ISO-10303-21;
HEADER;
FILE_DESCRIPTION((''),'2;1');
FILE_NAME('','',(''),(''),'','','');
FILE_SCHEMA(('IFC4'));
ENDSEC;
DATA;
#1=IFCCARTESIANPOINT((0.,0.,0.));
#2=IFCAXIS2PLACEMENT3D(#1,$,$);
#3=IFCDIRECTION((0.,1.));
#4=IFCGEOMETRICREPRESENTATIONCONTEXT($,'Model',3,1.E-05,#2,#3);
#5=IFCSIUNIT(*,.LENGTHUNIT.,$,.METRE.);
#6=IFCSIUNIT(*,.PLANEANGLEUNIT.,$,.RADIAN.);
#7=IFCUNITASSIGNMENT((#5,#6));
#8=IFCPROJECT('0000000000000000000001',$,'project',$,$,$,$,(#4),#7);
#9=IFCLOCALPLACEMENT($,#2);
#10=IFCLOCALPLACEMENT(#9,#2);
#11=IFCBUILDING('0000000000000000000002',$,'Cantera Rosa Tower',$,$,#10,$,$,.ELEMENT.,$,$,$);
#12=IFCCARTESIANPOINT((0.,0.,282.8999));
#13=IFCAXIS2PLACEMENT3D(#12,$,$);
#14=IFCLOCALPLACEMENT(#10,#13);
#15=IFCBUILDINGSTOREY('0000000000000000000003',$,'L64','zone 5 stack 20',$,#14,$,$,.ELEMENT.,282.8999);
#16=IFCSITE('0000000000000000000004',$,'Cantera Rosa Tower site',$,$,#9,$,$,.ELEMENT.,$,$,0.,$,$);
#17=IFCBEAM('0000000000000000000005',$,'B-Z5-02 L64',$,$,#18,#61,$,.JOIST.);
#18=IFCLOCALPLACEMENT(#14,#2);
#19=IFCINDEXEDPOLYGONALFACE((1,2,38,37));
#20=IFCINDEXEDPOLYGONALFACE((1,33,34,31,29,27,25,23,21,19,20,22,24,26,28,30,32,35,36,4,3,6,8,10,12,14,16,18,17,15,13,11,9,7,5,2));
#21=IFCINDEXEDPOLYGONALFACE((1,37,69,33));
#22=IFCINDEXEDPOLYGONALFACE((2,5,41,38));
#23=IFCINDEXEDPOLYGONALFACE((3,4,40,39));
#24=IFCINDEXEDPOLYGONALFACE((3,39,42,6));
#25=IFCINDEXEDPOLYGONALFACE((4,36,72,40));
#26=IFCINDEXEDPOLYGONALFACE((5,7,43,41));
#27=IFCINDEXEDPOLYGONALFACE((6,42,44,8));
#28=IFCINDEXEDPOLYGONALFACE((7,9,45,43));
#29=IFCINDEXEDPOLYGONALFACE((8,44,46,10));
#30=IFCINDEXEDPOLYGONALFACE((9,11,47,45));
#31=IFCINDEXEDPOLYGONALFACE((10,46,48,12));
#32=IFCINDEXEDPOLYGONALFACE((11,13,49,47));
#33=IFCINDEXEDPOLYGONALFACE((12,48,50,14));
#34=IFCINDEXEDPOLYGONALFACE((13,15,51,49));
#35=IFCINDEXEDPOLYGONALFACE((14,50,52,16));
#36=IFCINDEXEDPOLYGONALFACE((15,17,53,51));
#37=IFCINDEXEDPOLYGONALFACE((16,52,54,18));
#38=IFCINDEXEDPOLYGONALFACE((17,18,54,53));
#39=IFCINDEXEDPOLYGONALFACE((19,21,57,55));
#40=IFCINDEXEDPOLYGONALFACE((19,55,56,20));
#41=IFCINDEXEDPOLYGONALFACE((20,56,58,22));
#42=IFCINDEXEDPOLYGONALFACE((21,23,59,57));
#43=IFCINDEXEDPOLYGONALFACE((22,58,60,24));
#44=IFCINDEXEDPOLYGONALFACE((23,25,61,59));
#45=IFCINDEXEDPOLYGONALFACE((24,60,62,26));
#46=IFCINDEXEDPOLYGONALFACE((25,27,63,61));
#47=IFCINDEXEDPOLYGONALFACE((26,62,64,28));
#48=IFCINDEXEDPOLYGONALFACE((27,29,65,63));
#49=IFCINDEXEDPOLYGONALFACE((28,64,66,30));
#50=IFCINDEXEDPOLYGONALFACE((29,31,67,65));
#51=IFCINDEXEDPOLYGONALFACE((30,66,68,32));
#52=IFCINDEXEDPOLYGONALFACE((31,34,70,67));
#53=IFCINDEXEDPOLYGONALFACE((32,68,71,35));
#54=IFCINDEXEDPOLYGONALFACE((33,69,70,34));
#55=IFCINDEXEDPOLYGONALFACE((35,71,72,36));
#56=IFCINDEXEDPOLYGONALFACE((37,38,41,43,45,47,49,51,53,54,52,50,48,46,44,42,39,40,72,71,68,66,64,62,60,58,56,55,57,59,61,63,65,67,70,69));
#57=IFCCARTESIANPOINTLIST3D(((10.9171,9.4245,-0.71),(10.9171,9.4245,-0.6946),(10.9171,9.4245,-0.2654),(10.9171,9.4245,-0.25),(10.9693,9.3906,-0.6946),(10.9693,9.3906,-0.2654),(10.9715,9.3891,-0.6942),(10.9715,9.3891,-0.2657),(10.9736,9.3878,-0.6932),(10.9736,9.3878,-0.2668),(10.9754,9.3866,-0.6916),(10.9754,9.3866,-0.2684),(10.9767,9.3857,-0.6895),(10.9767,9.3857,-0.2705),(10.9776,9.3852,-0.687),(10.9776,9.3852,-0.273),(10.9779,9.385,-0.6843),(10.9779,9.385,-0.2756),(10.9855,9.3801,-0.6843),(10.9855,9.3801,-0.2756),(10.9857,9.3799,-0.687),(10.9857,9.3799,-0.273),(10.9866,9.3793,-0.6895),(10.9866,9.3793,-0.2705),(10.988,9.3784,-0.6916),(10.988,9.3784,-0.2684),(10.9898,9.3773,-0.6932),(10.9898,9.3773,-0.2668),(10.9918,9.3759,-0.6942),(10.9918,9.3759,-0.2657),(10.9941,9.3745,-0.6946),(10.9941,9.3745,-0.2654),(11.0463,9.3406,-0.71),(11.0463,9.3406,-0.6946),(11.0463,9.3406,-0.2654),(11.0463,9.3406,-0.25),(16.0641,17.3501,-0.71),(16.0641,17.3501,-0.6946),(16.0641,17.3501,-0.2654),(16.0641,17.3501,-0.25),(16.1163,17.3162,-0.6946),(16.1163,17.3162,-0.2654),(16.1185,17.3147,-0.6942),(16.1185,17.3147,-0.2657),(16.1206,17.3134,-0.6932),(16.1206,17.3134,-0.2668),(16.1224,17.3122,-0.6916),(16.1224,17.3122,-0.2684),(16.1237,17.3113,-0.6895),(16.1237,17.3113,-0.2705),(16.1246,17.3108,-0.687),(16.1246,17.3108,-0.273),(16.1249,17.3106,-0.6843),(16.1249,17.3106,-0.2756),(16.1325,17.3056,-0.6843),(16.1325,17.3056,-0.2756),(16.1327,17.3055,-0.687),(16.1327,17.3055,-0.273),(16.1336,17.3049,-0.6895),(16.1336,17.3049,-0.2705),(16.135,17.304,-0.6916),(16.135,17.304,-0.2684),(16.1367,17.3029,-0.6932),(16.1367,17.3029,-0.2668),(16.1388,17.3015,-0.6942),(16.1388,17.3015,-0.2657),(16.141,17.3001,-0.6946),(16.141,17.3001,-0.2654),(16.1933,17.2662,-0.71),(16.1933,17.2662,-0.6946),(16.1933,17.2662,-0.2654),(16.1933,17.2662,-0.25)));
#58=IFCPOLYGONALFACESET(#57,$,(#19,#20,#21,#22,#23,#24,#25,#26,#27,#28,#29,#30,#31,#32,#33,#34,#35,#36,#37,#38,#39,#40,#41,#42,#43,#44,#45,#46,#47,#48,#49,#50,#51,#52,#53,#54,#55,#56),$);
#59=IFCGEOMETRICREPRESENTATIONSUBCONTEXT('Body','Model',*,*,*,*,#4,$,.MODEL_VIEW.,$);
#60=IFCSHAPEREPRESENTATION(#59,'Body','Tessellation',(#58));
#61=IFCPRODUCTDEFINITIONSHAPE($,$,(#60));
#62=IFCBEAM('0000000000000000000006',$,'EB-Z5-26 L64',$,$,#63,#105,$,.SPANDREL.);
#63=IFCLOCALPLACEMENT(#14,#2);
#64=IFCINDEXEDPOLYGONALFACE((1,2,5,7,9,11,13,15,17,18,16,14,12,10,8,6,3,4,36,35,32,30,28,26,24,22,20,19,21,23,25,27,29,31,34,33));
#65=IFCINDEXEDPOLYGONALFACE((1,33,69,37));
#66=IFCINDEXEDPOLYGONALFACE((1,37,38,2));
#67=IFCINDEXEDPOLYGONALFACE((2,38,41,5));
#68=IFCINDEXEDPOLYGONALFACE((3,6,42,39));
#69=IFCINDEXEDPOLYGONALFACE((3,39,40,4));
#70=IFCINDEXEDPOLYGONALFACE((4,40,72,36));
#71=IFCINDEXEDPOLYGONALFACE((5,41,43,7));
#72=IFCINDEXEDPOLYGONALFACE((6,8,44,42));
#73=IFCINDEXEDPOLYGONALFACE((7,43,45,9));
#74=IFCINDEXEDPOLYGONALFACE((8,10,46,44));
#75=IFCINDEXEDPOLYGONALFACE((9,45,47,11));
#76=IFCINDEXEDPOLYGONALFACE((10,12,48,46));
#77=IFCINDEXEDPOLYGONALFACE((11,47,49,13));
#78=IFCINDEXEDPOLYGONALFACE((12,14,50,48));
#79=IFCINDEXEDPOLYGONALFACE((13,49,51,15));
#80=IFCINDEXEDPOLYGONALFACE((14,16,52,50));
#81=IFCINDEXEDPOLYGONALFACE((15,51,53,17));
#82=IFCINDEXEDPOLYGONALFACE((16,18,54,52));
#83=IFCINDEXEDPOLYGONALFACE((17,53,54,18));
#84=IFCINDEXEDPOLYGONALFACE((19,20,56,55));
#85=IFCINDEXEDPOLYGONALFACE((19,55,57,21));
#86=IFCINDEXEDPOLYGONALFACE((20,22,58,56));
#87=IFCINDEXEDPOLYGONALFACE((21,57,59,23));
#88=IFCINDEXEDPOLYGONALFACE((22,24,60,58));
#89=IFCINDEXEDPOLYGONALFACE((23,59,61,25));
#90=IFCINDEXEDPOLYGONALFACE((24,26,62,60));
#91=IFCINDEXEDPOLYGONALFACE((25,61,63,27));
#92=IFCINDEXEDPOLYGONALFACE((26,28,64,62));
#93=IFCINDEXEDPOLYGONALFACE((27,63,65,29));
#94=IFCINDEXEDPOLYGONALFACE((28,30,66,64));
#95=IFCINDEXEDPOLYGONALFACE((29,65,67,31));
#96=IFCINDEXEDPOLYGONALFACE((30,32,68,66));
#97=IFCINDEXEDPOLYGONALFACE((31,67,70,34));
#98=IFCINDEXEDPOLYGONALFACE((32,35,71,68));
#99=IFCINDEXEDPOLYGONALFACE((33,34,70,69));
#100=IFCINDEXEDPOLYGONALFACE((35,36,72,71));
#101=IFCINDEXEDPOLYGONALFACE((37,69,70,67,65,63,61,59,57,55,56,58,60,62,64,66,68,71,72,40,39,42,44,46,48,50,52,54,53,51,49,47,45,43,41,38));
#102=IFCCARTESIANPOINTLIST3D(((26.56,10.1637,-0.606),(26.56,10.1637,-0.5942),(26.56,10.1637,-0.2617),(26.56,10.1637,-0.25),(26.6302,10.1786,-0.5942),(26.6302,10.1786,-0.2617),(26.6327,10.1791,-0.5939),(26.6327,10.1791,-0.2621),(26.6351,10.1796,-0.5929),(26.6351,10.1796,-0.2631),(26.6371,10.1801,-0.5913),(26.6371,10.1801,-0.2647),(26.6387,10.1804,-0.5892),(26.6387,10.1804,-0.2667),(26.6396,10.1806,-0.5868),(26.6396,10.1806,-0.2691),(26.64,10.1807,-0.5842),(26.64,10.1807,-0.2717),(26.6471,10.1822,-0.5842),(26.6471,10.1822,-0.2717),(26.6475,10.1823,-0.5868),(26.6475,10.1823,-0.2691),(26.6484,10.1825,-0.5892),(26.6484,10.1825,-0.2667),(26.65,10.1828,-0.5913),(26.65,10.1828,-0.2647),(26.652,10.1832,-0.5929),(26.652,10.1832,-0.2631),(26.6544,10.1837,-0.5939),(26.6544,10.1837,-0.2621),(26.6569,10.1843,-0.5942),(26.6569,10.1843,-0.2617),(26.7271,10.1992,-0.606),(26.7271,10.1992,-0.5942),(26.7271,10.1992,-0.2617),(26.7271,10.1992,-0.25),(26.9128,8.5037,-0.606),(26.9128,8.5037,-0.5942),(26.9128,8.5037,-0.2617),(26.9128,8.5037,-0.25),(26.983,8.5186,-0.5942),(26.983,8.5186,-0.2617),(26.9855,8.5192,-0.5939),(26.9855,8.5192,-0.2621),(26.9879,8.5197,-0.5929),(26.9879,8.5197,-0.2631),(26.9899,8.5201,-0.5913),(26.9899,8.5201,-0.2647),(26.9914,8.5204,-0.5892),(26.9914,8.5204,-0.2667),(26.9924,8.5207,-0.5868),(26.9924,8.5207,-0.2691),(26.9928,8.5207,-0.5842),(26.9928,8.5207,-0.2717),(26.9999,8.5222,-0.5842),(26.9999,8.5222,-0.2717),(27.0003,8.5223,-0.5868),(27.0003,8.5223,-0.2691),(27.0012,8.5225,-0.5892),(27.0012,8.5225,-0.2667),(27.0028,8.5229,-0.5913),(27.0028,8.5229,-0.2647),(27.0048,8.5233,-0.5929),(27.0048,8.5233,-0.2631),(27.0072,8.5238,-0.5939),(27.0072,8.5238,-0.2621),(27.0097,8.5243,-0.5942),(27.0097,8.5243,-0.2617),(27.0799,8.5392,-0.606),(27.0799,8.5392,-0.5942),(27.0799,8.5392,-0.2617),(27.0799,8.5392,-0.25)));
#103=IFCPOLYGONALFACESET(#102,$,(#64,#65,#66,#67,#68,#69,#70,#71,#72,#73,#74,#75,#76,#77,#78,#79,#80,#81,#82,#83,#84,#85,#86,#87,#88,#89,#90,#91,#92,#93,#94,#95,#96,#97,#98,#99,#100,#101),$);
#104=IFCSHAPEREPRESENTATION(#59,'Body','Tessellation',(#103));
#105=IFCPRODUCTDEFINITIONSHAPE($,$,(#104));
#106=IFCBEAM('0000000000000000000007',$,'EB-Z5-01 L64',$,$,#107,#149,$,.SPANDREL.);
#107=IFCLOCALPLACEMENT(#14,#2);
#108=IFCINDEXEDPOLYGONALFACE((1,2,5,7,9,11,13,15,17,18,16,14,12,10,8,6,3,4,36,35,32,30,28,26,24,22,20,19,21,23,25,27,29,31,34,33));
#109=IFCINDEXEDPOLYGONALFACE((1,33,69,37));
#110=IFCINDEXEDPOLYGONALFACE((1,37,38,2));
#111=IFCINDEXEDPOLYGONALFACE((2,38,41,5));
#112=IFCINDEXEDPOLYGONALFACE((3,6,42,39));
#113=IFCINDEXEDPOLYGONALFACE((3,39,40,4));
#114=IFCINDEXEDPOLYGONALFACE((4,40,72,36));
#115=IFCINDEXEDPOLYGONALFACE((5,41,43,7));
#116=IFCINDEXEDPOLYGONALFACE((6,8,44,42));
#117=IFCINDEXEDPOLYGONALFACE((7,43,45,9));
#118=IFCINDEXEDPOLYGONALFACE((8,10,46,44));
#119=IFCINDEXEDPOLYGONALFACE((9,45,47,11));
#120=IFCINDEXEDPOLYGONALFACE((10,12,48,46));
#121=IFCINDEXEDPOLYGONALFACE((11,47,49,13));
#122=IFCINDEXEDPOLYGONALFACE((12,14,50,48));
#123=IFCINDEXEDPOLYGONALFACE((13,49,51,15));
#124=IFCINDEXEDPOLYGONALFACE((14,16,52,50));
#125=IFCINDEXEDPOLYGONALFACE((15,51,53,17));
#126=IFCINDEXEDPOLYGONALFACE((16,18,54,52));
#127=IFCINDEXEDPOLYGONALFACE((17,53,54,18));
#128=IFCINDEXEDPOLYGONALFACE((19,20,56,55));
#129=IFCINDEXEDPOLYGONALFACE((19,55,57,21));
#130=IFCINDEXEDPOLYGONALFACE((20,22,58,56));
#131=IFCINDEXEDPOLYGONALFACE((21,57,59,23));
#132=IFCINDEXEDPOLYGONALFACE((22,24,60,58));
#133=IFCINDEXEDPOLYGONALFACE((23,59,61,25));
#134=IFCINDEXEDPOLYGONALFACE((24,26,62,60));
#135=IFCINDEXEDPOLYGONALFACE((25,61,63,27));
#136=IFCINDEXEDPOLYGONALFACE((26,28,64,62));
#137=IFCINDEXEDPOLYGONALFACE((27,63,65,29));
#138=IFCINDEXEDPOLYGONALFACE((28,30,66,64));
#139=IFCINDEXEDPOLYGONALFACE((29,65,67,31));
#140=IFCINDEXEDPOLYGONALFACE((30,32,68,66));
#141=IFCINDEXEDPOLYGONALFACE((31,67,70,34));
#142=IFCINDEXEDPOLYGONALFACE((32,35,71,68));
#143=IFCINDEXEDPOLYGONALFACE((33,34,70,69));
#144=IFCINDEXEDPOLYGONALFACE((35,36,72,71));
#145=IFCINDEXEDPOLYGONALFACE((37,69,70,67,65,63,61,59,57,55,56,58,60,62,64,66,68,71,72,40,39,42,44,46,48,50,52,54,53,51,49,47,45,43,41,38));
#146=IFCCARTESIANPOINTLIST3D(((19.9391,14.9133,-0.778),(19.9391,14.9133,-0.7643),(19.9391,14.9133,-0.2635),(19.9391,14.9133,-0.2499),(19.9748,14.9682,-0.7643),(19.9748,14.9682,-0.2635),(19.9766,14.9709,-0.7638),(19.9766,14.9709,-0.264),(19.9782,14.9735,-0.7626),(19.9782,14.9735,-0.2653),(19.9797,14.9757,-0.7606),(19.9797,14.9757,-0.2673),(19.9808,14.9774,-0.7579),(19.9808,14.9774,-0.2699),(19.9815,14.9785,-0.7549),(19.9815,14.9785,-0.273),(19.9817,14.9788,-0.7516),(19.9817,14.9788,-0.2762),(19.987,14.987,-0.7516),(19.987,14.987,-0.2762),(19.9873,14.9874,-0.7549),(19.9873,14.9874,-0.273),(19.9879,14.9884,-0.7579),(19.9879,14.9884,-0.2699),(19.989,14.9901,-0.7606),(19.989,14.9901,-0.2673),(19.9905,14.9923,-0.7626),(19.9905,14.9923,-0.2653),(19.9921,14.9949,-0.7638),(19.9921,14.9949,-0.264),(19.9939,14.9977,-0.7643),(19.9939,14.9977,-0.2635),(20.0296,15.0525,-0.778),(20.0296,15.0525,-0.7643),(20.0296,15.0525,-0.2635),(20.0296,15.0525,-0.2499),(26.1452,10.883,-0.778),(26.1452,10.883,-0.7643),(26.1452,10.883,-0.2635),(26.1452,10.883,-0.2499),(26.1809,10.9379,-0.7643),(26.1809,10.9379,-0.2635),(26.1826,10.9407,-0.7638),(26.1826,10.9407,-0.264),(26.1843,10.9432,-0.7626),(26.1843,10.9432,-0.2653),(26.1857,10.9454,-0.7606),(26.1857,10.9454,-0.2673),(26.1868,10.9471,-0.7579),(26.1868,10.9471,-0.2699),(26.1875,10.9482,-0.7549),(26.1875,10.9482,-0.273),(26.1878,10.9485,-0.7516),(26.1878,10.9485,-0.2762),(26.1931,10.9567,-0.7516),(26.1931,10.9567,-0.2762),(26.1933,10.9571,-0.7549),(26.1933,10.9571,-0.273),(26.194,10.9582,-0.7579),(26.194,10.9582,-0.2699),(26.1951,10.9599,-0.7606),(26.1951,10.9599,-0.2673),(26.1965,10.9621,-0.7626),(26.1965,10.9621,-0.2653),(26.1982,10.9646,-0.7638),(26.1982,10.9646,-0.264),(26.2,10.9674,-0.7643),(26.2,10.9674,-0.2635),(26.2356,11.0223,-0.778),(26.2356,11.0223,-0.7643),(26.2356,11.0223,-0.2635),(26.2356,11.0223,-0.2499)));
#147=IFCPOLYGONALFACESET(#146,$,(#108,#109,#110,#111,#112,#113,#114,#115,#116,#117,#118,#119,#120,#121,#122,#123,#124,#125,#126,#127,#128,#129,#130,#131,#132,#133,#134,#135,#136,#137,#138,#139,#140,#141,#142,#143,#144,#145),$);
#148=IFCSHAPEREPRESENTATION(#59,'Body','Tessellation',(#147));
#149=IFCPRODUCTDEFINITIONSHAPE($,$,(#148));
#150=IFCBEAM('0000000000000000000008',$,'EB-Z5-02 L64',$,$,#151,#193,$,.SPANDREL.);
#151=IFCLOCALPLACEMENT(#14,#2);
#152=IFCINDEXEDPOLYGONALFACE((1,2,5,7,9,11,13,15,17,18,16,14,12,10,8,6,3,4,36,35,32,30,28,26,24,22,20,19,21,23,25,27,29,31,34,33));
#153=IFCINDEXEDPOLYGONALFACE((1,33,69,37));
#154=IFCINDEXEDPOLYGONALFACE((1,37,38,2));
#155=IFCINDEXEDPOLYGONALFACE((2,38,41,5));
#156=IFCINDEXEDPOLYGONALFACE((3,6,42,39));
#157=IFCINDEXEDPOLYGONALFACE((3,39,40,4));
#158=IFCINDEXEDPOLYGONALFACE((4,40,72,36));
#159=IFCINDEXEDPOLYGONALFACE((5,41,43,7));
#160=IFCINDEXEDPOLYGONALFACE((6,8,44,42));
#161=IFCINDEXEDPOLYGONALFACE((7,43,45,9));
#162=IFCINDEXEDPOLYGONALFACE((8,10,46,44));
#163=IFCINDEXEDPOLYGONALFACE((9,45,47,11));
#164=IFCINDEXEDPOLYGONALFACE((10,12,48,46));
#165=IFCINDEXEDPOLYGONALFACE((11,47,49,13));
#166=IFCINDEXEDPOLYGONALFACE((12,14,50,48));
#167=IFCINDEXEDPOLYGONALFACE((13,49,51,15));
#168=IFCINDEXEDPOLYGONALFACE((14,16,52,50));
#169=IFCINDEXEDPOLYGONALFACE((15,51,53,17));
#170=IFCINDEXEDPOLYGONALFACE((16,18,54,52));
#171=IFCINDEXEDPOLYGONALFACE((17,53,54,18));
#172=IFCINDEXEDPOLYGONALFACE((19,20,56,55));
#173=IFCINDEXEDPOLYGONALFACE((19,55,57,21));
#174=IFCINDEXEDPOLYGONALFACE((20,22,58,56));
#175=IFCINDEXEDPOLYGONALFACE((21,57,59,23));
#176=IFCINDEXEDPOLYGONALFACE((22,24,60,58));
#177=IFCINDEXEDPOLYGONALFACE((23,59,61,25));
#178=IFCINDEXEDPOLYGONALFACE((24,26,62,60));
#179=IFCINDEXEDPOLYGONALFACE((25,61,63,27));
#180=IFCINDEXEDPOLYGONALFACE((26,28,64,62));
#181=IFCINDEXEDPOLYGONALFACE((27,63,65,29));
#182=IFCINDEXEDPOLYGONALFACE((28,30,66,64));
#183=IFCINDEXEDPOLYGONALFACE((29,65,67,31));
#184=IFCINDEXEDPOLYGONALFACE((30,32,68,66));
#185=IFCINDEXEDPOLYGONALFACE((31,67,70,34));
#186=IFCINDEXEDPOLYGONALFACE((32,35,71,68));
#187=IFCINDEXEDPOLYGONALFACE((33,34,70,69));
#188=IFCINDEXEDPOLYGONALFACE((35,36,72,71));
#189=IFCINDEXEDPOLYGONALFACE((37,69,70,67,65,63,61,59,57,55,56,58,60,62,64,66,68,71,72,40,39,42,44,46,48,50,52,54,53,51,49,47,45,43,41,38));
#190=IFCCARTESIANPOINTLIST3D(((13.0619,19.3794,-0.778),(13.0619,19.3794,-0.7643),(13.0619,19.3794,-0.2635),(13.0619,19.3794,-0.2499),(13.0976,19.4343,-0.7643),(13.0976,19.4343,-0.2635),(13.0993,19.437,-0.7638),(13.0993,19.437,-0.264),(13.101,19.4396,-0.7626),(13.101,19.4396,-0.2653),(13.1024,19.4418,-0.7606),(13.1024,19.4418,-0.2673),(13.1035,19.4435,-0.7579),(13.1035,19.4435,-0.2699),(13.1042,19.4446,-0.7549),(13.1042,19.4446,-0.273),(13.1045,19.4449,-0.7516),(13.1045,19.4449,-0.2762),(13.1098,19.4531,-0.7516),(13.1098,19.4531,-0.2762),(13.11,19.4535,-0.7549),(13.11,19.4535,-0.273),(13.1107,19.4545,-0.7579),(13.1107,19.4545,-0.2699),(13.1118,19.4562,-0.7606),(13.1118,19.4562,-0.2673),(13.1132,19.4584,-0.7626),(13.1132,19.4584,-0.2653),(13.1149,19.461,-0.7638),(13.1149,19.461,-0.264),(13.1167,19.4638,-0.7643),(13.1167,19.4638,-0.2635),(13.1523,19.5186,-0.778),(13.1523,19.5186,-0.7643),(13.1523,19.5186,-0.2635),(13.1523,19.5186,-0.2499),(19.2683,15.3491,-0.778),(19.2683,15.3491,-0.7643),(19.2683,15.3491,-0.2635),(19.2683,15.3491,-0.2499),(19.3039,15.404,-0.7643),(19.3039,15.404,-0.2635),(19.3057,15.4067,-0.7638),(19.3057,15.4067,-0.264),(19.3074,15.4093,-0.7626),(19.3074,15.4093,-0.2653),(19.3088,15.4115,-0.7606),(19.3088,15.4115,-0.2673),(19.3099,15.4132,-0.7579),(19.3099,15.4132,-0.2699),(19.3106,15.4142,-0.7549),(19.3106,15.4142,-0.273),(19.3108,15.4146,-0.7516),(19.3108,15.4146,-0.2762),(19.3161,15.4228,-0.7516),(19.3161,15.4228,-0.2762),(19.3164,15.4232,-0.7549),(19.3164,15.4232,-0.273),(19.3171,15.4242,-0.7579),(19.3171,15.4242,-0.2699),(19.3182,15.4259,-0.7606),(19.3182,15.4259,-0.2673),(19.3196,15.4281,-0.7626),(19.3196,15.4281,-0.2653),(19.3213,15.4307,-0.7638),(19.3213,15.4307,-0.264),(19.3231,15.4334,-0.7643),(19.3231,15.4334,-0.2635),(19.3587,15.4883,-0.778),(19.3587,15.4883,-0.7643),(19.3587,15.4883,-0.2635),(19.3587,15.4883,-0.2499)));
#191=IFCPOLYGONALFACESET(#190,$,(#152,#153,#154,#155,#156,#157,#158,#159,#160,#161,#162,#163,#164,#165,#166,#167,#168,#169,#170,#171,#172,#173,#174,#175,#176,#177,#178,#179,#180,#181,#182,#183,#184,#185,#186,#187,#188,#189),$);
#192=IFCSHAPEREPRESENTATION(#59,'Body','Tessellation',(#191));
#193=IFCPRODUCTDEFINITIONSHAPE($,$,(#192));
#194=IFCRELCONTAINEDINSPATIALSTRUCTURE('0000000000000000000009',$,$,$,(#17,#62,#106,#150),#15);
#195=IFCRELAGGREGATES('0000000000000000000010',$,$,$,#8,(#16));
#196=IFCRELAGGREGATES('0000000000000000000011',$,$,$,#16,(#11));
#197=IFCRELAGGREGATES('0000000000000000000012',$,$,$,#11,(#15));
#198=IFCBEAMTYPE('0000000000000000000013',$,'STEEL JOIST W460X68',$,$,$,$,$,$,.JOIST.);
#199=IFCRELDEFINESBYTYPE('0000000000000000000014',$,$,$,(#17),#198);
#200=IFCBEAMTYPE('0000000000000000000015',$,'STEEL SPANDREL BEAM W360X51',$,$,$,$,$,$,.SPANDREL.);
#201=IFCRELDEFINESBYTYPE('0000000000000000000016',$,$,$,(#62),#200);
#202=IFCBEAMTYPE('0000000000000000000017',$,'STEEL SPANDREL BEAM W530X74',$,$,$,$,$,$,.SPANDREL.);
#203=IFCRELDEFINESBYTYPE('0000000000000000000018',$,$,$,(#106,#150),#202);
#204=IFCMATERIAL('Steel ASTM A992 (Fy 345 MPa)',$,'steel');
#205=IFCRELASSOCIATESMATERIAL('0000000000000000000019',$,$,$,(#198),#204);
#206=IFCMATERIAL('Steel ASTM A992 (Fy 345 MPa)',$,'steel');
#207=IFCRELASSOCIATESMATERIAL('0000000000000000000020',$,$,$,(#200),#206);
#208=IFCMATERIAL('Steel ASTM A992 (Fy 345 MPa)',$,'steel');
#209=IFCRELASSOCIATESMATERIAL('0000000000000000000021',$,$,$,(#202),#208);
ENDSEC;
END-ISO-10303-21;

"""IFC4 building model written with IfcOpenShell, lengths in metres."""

from ifc_helpers import new_model, si_unit, direction, frame, origin, origin_2d, place, context, subcontext, project, spatial, i_section, extrude, material, material_profile, profile_set, type_object, element, save


model = new_model("IFC4")

# Units and contexts
model_context = context("Model", 3, precision=1e-05, world=origin(), true_north=direction((0.0, 1.0)))
body_context = subcontext(model_context, "Body", "Model", "MODEL_VIEW")
ifc_project = project(units=[si_unit("LENGTHUNIT", "METRE"), si_unit("PLANEANGLEUNIT", "RADIAN")], contexts=[model_context])

# Site, building, storey
site_placement = place(None, origin())
site = spatial("IfcSite", under=ifc_project, at=site_placement, Name="Cantera Rosa Tower site", CompositionType="ELEMENT", RefElevation=0.0)
building_placement = place(site_placement, origin())
building = spatial("IfcBuilding", under=site, at=building_placement, Name="Cantera Rosa Tower", CompositionType="ELEMENT")
storey_placement = place(building_placement, frame((0.0, 0.0, 282.8999)))
storey = spatial("IfcBuildingStorey", under=building, at=storey_placement, Name="L64", Description="zone 5 stack 20", CompositionType="ELEMENT", Elevation=282.8999)

# Beams
ifc_material_1 = material(Name="Steel ASTM A992 (Fy 345 MPa)", Category="steel")
ifc_material_profile_1 = material_profile(ifc_material_1, i_section(OverallWidth=0.1541, OverallDepth=0.46, WebThickness=0.009, FlangeThickness=0.0154, FilletRadius=0.0103, at=origin_2d()), Name="W460X68")
ifc_profile_set_1 = profile_set([ifc_material_profile_1], Name="Steel ASTM A992 (Fy 345 MPa)")
beam_type_1 = type_object("IfcBeamType", Name="STEEL JOIST W460X68", PredefinedType="JOIST", material=ifc_profile_set_1)
beam_1_placement = place(storey_placement, frame((16.1287, 17.3081, -0.48), z_axis=(-0.544644, -0.838667, 0.0), x_axis=(0.838667, -0.544644, 0.0)))
element("IfcBeam", 1, at=beam_1_placement, inside=storey, type_object=beam_type_1, Name="B-Z5-02 L64", PredefinedType="JOIST", context=body_context, shape_type="SweptSolid", body=[
    extrude(i_section(OverallWidth=0.1541, OverallDepth=0.46, WebThickness=0.009, FlangeThickness=0.0154, FilletRadius=0.0103, at=origin_2d()), origin(), (0.0, 0.0, 1.0), 9.4502),
])
ifc_material_2 = material(Name="Steel ASTM A992 (Fy 345 MPa)", Category="steel")
ifc_material_profile_2 = material_profile(ifc_material_2, i_section(OverallWidth=0.1709, OverallDepth=0.356, WebThickness=0.0073, FlangeThickness=0.0117, FilletRadius=0.01, at=origin_2d()), Name="W360X51")
ifc_profile_set_2 = profile_set([ifc_material_profile_2], Name="Steel ASTM A992 (Fy 345 MPa)")
beam_type_2 = type_object("IfcBeamType", Name="STEEL SPANDREL BEAM W360X51", PredefinedType="SPANDREL", material=ifc_profile_set_2)
beam_2_placement = place(storey_placement, frame((26.9963, 8.5215, -0.428), z_axis=(-0.207888, 0.978153, 0.0), x_axis=(-0.978153, -0.207888, 0.0)))
element("IfcBeam", 2, at=beam_2_placement, inside=storey, type_object=beam_type_2, Name="EB-Z5-26 L64", PredefinedType="SPANDREL", context=body_context, shape_type="SweptSolid", body=[
    extrude(i_section(OverallWidth=0.1709, OverallDepth=0.356, WebThickness=0.0073, FlangeThickness=0.0117, FilletRadius=0.01, at=origin_2d()), origin(), (0.0, 0.0, 1.0), 1.697),
])
ifc_material_3 = material(Name="Steel ASTM A992 (Fy 345 MPa)", Category="steel")
ifc_material_profile_3 = material_profile(ifc_material_3, i_section(OverallWidth=0.166, OverallDepth=0.5281, WebThickness=0.0098, FlangeThickness=0.0137, FilletRadius=0.0127, at=origin_2d()), Name="W530X74")
ifc_profile_set_3 = profile_set([ifc_material_profile_3], Name="Steel ASTM A992 (Fy 345 MPa)")
beam_type_3 = type_object("IfcBeamType", Name="STEEL SPANDREL BEAM W530X74", PredefinedType="SPANDREL", material=ifc_profile_set_3)
beam_3_placement = place(storey_placement, frame((26.1904, 10.9526, -0.5139), z_axis=(-0.83867, 0.54464, 0.0), x_axis=(-0.54464, -0.83867, 0.0)))
element("IfcBeam", 3, at=beam_3_placement, inside=storey, type_object=beam_type_3, Name="EB-Z5-01 L64", PredefinedType="SPANDREL", context=body_context, shape_type="SweptSolid", body=[
    extrude(i_section(OverallWidth=0.166, OverallDepth=0.5281, WebThickness=0.0098, FlangeThickness=0.0137, FilletRadius=0.0127, at=origin_2d()), origin(), (0.0, 0.0, 1.0), 7.3999),
])
beam_4_placement = place(storey_placement, frame((19.3135, 15.4187, -0.5139), z_axis=(-0.838679, 0.544625, 0.0), x_axis=(-0.544625, -0.838679, 0.0)))
element("IfcBeam", 4, at=beam_4_placement, inside=storey, type_object=beam_type_3, Name="EB-Z5-02 L64", PredefinedType="SPANDREL", context=body_context, shape_type="SweptSolid", body=[
    extrude(i_section(OverallWidth=0.166, OverallDepth=0.5281, WebThickness=0.0098, FlangeThickness=0.0137, FilletRadius=0.0127, at=origin_2d()), origin(), (0.0, 0.0, 1.0), 7.4001),
])

save(model, "model.ifc")
